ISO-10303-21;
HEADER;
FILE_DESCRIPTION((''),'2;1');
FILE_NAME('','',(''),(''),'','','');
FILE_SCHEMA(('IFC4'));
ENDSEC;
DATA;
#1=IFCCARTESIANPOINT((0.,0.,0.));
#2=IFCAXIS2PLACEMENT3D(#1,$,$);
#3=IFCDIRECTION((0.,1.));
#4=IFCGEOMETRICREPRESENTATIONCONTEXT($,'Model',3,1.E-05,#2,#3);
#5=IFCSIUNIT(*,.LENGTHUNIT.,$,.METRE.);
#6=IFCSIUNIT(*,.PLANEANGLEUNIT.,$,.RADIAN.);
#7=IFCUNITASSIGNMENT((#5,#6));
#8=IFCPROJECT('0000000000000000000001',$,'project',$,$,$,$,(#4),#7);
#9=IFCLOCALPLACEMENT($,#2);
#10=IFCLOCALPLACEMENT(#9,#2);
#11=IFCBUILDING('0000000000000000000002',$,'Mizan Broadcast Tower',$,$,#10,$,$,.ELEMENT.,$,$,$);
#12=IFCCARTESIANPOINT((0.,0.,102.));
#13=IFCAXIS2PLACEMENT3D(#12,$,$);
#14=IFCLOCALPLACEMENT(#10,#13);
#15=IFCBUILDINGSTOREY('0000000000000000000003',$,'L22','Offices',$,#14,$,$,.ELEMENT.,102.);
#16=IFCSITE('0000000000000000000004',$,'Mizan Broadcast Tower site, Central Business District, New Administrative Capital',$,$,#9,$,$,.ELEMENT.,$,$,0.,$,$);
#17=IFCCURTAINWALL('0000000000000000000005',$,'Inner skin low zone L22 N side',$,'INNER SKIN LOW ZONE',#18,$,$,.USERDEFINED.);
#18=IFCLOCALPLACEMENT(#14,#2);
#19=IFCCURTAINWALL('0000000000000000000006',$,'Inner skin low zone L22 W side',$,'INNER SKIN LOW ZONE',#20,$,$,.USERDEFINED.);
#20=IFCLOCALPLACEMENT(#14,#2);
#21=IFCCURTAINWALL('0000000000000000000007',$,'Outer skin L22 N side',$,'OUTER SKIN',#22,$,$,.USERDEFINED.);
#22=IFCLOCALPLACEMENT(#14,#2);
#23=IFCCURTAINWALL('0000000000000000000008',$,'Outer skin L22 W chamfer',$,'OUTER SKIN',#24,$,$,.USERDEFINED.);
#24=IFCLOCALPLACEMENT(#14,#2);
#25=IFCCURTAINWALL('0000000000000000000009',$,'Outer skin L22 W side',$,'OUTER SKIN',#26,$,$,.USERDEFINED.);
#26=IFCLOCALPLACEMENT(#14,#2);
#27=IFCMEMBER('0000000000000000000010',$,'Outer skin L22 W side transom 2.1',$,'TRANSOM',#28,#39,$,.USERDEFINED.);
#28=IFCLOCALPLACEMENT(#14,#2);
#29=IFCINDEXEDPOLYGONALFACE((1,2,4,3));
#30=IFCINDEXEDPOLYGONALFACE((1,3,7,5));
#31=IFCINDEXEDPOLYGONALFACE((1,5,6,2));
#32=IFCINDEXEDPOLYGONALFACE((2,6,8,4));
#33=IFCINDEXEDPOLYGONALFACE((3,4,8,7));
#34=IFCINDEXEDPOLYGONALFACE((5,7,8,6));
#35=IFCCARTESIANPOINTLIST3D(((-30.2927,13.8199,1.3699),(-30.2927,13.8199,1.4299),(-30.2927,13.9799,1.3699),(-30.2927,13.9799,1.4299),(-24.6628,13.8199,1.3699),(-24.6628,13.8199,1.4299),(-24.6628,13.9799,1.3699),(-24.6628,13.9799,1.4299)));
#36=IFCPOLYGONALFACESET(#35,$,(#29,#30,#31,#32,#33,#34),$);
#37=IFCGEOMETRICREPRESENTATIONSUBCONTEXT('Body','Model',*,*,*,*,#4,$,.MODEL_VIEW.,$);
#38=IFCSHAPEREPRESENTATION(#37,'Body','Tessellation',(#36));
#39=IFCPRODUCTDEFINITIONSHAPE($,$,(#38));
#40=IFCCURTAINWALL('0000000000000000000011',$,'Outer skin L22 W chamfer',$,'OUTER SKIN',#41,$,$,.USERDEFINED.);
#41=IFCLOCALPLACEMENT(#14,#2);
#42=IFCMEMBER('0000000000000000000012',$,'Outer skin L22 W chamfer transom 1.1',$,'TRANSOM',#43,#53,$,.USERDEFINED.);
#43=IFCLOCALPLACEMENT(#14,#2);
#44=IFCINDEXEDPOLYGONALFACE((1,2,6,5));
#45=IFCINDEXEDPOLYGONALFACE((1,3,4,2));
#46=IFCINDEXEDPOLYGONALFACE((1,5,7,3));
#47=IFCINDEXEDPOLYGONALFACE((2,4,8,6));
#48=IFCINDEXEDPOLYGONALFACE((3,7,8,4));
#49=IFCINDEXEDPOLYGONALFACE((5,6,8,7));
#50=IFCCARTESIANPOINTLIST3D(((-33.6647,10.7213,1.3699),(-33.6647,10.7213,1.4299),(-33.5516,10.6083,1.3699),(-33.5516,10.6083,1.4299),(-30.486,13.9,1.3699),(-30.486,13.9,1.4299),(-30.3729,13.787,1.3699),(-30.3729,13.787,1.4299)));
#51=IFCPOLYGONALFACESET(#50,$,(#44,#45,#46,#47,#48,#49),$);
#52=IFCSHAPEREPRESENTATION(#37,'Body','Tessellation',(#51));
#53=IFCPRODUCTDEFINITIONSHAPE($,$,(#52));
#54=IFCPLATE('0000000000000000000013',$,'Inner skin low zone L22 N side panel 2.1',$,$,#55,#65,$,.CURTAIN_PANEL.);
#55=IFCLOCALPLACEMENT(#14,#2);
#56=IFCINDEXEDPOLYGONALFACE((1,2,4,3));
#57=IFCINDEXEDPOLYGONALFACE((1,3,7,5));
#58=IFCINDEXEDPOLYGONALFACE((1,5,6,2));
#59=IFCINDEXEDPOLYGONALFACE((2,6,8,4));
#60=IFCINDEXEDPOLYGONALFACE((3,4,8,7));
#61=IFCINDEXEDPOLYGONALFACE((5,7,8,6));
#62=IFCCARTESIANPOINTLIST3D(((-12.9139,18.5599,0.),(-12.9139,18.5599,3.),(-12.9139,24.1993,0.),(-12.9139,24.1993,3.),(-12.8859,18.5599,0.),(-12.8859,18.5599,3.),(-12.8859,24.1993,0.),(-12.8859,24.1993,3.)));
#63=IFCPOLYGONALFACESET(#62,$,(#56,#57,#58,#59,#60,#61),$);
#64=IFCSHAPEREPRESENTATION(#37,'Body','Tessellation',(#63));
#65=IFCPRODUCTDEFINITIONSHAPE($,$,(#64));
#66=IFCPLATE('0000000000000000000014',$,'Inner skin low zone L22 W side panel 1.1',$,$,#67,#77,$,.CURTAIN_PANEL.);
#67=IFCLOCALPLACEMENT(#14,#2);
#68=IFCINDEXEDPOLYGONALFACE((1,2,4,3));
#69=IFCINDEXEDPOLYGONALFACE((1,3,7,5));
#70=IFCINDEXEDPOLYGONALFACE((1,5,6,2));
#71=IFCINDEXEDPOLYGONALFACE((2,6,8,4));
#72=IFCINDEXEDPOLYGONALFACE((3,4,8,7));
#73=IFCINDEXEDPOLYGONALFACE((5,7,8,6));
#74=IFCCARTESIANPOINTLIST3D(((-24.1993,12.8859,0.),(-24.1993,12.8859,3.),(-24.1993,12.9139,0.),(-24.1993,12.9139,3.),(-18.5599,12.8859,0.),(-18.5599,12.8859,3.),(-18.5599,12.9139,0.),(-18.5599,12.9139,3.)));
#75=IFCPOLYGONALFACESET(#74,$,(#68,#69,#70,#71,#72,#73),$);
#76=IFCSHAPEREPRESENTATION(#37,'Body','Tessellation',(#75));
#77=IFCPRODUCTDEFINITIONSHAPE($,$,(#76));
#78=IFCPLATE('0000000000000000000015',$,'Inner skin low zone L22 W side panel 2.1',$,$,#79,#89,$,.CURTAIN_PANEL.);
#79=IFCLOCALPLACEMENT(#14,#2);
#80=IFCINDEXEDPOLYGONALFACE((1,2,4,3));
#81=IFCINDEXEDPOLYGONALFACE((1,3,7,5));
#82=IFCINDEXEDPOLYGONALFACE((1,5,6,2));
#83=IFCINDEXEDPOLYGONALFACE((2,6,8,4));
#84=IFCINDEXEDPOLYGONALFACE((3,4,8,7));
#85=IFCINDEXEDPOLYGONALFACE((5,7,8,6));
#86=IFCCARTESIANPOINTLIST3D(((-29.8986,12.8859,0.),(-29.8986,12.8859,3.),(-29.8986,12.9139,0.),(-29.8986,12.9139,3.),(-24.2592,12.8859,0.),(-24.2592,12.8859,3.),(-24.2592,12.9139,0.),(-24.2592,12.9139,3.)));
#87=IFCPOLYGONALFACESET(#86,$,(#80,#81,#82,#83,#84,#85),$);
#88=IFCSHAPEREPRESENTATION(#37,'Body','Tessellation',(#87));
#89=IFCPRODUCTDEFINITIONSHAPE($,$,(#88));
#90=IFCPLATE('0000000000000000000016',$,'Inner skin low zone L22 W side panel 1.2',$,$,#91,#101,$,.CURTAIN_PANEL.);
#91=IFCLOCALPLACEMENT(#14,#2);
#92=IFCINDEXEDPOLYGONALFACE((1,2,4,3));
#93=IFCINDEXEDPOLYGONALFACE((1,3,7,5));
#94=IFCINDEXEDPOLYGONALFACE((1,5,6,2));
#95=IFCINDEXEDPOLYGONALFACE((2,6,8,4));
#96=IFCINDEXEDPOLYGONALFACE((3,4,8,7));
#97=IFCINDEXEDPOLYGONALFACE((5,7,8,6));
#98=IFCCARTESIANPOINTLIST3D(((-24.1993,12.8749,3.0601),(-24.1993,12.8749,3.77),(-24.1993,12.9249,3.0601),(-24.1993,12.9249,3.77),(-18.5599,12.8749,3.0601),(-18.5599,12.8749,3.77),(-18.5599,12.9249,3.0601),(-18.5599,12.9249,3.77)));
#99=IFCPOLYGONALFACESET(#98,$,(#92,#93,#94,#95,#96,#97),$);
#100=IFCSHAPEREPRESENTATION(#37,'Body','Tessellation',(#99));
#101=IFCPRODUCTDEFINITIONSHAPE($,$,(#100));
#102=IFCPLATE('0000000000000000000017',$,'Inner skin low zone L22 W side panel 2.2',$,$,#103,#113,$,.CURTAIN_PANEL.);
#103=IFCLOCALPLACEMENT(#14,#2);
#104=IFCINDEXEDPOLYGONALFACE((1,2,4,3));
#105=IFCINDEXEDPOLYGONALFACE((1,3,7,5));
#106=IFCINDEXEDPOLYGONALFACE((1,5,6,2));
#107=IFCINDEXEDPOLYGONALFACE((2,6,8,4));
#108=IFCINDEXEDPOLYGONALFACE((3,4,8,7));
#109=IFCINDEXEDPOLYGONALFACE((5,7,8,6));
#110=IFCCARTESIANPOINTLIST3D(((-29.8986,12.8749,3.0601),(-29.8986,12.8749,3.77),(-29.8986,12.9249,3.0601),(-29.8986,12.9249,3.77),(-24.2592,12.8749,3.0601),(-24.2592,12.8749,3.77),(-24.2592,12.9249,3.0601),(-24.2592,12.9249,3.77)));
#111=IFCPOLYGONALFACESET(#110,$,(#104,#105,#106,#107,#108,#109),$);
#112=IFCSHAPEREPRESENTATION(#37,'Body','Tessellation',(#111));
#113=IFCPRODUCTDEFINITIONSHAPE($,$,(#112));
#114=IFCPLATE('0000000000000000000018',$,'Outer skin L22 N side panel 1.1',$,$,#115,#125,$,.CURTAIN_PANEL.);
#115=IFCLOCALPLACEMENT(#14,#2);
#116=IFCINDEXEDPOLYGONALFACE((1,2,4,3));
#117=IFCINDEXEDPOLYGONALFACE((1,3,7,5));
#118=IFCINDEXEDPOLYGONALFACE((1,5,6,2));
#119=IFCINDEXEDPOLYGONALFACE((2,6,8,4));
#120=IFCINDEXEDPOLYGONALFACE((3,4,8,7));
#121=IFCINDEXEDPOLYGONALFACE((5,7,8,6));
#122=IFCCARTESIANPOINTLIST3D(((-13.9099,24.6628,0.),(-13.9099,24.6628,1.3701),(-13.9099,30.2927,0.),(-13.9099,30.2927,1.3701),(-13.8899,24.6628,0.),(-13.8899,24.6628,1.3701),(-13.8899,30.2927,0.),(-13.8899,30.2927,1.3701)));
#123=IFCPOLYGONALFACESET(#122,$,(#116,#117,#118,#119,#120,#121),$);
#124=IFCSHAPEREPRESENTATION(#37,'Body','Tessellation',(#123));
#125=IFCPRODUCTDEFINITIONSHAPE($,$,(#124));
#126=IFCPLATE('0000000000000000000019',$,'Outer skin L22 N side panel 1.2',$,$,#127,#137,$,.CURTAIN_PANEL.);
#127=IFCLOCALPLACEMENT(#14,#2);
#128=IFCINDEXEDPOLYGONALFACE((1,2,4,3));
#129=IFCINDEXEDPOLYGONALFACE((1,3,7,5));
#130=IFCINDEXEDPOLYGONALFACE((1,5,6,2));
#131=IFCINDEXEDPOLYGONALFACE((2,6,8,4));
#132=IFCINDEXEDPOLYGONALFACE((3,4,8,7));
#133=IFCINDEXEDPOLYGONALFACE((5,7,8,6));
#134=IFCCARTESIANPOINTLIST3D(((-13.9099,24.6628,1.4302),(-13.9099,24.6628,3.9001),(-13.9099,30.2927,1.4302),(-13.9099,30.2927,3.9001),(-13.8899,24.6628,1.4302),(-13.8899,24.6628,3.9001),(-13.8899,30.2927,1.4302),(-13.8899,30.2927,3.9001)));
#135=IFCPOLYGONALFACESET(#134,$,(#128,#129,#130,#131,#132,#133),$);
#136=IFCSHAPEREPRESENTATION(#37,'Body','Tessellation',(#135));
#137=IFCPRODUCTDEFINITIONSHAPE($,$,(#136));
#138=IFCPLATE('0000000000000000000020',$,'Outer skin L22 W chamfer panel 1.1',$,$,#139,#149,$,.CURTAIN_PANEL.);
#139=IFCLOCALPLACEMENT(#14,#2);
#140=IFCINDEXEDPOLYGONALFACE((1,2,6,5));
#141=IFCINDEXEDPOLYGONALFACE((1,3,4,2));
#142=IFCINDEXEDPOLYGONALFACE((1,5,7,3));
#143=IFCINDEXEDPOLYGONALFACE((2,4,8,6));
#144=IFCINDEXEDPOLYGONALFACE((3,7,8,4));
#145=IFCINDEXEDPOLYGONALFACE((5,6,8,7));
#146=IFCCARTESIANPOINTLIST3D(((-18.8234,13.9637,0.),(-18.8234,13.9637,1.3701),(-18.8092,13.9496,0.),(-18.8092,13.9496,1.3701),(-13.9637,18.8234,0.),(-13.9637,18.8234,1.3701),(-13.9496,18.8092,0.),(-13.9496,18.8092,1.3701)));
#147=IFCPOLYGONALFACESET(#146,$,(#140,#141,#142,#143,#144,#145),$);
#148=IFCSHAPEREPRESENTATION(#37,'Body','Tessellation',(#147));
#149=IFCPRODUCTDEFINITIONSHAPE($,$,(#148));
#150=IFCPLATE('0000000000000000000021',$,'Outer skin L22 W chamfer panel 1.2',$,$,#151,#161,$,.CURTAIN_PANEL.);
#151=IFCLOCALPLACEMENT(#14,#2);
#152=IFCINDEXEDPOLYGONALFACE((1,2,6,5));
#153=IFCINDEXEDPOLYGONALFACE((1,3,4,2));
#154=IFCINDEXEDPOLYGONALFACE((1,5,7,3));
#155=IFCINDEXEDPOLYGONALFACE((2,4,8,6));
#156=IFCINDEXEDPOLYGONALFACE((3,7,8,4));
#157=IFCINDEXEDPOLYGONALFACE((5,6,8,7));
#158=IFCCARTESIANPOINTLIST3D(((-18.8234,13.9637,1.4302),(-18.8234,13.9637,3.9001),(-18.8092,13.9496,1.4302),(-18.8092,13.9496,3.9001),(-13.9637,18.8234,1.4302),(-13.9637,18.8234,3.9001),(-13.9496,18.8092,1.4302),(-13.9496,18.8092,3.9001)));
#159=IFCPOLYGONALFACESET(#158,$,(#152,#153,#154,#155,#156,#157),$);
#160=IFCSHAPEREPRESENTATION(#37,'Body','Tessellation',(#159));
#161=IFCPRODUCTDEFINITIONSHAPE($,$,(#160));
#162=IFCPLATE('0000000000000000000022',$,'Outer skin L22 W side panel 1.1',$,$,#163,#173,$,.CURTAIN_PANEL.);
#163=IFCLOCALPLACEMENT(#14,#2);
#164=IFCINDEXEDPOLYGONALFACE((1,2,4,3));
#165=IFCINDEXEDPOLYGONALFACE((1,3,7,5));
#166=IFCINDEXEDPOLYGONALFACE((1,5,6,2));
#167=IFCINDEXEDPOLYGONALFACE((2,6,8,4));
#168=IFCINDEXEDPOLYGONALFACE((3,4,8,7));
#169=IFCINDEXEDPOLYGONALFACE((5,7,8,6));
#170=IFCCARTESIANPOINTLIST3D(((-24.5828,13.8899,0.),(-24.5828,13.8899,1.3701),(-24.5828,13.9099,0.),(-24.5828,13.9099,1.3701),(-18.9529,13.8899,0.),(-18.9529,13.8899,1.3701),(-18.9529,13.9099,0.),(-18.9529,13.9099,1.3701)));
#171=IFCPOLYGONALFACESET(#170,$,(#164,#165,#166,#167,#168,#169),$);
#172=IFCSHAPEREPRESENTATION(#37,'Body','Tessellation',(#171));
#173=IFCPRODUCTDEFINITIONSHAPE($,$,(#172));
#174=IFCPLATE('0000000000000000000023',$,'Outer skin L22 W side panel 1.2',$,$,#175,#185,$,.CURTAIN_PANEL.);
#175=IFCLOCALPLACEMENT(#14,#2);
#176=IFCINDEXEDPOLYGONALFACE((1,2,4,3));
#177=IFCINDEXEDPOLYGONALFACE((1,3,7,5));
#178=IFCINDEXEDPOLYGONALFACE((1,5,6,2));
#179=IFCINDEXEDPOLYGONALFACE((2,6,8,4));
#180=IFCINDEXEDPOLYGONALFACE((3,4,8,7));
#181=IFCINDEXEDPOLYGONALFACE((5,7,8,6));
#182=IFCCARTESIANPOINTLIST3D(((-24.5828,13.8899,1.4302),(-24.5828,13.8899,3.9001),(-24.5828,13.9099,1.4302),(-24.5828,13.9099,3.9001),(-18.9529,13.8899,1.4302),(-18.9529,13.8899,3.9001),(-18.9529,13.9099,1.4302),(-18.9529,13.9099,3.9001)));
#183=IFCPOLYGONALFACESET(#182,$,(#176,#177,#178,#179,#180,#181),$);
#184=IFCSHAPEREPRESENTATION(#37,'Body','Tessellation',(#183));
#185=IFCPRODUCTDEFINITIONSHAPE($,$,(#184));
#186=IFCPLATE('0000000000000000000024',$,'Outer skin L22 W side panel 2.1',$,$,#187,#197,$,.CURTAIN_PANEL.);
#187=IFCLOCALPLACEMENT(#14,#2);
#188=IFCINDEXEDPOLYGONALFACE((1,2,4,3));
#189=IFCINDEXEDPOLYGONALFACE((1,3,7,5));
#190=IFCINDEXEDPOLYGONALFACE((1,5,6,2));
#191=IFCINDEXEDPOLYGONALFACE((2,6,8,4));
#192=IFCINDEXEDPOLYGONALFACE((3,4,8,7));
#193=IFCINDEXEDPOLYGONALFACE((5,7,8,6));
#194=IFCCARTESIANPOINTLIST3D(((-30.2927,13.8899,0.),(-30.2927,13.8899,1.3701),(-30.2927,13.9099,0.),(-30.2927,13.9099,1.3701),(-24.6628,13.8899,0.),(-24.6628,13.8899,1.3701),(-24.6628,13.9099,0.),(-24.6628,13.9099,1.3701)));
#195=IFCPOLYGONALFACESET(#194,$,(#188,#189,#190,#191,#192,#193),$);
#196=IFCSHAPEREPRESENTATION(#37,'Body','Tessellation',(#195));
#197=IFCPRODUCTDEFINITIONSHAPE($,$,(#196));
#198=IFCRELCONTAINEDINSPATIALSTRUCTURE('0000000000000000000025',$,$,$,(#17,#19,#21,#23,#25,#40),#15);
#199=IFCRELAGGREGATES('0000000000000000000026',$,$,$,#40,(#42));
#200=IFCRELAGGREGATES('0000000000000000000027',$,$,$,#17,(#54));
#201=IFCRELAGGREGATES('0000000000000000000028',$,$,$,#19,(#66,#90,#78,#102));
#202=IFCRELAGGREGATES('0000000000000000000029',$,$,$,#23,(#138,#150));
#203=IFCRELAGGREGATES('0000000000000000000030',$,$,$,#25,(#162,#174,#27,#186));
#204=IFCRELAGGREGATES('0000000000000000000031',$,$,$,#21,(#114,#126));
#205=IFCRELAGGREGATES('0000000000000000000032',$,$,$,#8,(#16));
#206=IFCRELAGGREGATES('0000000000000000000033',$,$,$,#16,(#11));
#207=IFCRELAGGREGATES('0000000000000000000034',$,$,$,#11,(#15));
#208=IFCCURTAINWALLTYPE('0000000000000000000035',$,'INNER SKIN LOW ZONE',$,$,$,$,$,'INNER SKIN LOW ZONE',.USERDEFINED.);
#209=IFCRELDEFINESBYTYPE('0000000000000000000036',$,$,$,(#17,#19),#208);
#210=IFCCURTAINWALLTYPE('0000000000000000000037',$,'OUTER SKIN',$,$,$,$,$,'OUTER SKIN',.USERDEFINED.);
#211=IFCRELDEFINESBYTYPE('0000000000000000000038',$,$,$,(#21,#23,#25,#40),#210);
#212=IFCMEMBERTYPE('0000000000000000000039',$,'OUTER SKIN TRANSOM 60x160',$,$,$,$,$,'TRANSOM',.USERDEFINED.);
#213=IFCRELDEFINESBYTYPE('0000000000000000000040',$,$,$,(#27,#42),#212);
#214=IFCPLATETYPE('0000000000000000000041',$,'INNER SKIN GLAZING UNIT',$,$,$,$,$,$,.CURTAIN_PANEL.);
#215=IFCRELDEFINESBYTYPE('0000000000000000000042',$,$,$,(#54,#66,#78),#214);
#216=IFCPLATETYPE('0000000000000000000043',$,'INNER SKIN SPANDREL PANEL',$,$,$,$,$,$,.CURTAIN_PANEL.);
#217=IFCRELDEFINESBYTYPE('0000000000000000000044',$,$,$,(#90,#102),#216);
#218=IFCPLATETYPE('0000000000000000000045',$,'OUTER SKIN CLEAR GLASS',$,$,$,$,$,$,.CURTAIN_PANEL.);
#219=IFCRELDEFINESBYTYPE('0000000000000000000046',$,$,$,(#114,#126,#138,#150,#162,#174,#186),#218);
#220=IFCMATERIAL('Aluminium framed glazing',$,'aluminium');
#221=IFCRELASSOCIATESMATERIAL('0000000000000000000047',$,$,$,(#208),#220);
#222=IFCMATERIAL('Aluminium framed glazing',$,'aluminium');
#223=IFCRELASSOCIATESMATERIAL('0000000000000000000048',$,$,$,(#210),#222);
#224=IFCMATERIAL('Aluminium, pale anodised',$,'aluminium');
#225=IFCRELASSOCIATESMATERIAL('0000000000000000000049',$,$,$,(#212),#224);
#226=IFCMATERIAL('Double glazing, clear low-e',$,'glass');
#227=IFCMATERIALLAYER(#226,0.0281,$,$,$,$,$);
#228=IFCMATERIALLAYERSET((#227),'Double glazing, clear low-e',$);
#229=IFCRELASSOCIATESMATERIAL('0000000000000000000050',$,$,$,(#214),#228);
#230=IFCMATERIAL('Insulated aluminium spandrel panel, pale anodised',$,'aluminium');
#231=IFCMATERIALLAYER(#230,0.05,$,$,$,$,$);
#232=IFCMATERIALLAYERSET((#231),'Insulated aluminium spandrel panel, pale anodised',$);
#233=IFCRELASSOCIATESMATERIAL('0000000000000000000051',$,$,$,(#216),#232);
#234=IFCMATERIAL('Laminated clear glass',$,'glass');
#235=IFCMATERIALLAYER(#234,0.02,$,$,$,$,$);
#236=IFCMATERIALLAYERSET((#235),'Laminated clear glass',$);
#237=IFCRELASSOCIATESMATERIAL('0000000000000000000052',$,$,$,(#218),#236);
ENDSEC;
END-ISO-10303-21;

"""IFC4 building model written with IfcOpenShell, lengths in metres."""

from ifc_helpers import new_model, si_unit, direction, frame, origin, origin_2d, place, context, subcontext, project, spatial, rectangle, extrude, material, layer, layer_set, material_profile, profile_set, type_object, element, aggregate, save


model = new_model("IFC4")

# Units and contexts
model_context = context("Model", 3, precision=1e-05, world=origin(), true_north=direction((0.0, 1.0)))
body_context = subcontext(model_context, "Body", "Model", "MODEL_VIEW")
ifc_project = project(units=[si_unit("LENGTHUNIT", "METRE"), si_unit("PLANEANGLEUNIT", "RADIAN")], contexts=[model_context])

# Site, building, storey
site_placement = place(None, origin())
site = spatial("IfcSite", under=ifc_project, at=site_placement, Name="Mizan Broadcast Tower site, Central Business District, New Administrative Capital", CompositionType="ELEMENT", RefElevation=0.0)
building_placement = place(site_placement, origin())
building = spatial("IfcBuilding", under=site, at=building_placement, Name="Mizan Broadcast Tower", CompositionType="ELEMENT")
storey_placement = place(building_placement, frame((0.0, 0.0, 102.0)))
storey = spatial("IfcBuildingStorey", under=building, at=storey_placement, Name="L22", Description="Offices", CompositionType="ELEMENT", Elevation=102.0)

# Curtain wall
ifc_material_1 = material(Name="Aluminium framed glazing", Category="aluminium")
curtain_wall_type_1 = type_object("IfcCurtainWallType", Name="INNER SKIN LOW ZONE", ElementType="INNER SKIN LOW ZONE", PredefinedType="USERDEFINED", material=ifc_material_1)
curtain_wall_1_placement = place(storey_placement, origin())
curtain_wall_1 = element("IfcCurtainWall", 1, at=curtain_wall_1_placement, inside=storey, type_object=curtain_wall_type_1, Name="Inner skin low zone L22 N side", ObjectType="INNER SKIN LOW ZONE", PredefinedType="USERDEFINED")

# Curtain wall
curtain_wall_2_placement = place(storey_placement, origin())
curtain_wall_2 = element("IfcCurtainWall", 2, at=curtain_wall_2_placement, inside=storey, type_object=curtain_wall_type_1, Name="Inner skin low zone L22 W side", ObjectType="INNER SKIN LOW ZONE", PredefinedType="USERDEFINED")

# Shared definitions
ifc_material_2 = material(Name="Aluminium framed glazing", Category="aluminium")
curtain_wall_type_2 = type_object("IfcCurtainWallType", Name="OUTER SKIN", ElementType="OUTER SKIN", PredefinedType="USERDEFINED", material=ifc_material_2)

# Curtain wall
curtain_wall_3_placement = place(storey_placement, origin())
curtain_wall_3 = element("IfcCurtainWall", 3, at=curtain_wall_3_placement, inside=storey, type_object=curtain_wall_type_2, Name="Outer skin L22 N side", ObjectType="OUTER SKIN", PredefinedType="USERDEFINED")

# Curtain wall
curtain_wall_4_placement = place(storey_placement, origin())
curtain_wall_4 = element("IfcCurtainWall", 4, at=curtain_wall_4_placement, inside=storey, type_object=curtain_wall_type_2, Name="Outer skin L22 W chamfer", ObjectType="OUTER SKIN", PredefinedType="USERDEFINED")

# Curtain wall
curtain_wall_5_placement = place(storey_placement, origin())
curtain_wall_5 = element("IfcCurtainWall", 5, at=curtain_wall_5_placement, inside=storey, type_object=curtain_wall_type_2, Name="Outer skin L22 W side", ObjectType="OUTER SKIN", PredefinedType="USERDEFINED")

# Member
ifc_material_3 = material(Name="Aluminium, pale anodised", Category="aluminium")
ifc_material_profile_1 = material_profile(ifc_material_3, rectangle(XDim=0.1599, YDim=0.0601, at=origin_2d()), Name="TRANSOM 160x60")
ifc_profile_set_1 = profile_set([ifc_material_profile_1], Name="Aluminium, pale anodised")
member_type_1 = type_object("IfcMemberType", Name="OUTER SKIN TRANSOM 60x160", ElementType="TRANSOM", PredefinedType="USERDEFINED", material=ifc_profile_set_1)
member_1_placement = place(storey_placement, frame((-24.6628, 13.8999, 1.3999), z_axis=(-1.0, 0.0, 0.0), x_axis=(0.0, -1.0, 0.0)))
member_1 = element("IfcMember", 6, at=member_1_placement, type_object=member_type_1, Name="Outer skin L22 W side transom 2.1", ObjectType="TRANSOM", PredefinedType="USERDEFINED", context=body_context, shape_type="SweptSolid", body=[
    extrude(rectangle(XDim=0.1599, YDim=0.0601, at=origin_2d()), origin(), (0.0, 0.0, 1.0), 5.6299),
])

# Curtain wall, member
curtain_wall_6_placement = place(storey_placement, origin())
curtain_wall_6 = element("IfcCurtainWall", 7, at=curtain_wall_6_placement, inside=storey, type_object=curtain_wall_type_2, Name="Outer skin L22 W chamfer", ObjectType="OUTER SKIN", PredefinedType="USERDEFINED")
member_2_placement = place(storey_placement, frame((-30.4294, 13.8435, 1.3999), z_axis=(-0.707107, -0.707107, 0.0), x_axis=(0.707107, -0.707107, 0.0)))
member_2 = element("IfcMember", 8, at=member_2_placement, type_object=member_type_1, Name="Outer skin L22 W chamfer transom 1.1", ObjectType="TRANSOM", PredefinedType="USERDEFINED", context=body_context, shape_type="SweptSolid", body=[
    extrude(rectangle(XDim=0.1599, YDim=0.0601, at=origin_2d()), origin(), (0.0, 0.0, 1.0), 4.4954),
])
aggregate(curtain_wall_6, [member_2])

# Plates
ifc_material_4 = material(Name="Double glazing, clear low-e", Category="glass")
ifc_layer_1 = layer(ifc_material_4, 0.0281)
ifc_layer_set_1 = layer_set([ifc_layer_1], Name="Double glazing, clear low-e")
plate_type_1 = type_object("IfcPlateType", Name="INNER SKIN GLAZING UNIT", PredefinedType="CURTAIN_PANEL", material=ifc_layer_set_1)
plate_1_placement = place(storey_placement, frame((-12.8999, 21.3796, 0.0), z_axis=(0.0, 0.0, 1.0), x_axis=(0.0, -1.0, 0.0)))
plate_1 = element("IfcPlate", 9, at=plate_1_placement, type_object=plate_type_1, Name="Inner skin low zone L22 N side panel 2.1", PredefinedType="CURTAIN_PANEL", context=body_context, shape_type="SweptSolid", body=[
    extrude(rectangle(XDim=5.6394, YDim=0.0281, at=origin_2d()), origin(), (0.0, 0.0, 1.0), 3.0),
])
aggregate(curtain_wall_1, [plate_1])
plate_2_placement = place(storey_placement, frame((-21.3796, 12.8999, 0.0), z_axis=(0.0, 0.0, 1.0), x_axis=(-1.0, 0.0, 0.0)))
plate_2 = element("IfcPlate", 10, at=plate_2_placement, type_object=plate_type_1, Name="Inner skin low zone L22 W side panel 1.1", PredefinedType="CURTAIN_PANEL", context=body_context, shape_type="SweptSolid", body=[
    extrude(rectangle(XDim=5.6394, YDim=0.0281, at=origin_2d()), origin(), (0.0, 0.0, 1.0), 3.0),
])
plate_3_placement = place(storey_placement, frame((-27.0789, 12.8999, 0.0), z_axis=(0.0, 0.0, 1.0), x_axis=(-1.0, 0.0, 0.0)))
plate_3 = element("IfcPlate", 11, at=plate_3_placement, type_object=plate_type_1, Name="Inner skin low zone L22 W side panel 2.1", PredefinedType="CURTAIN_PANEL", context=body_context, shape_type="SweptSolid", body=[
    extrude(rectangle(XDim=5.6394, YDim=0.0281, at=origin_2d()), origin(), (0.0, 0.0, 1.0), 3.0),
])
ifc_material_5 = material(Name="Insulated aluminium spandrel panel, pale anodised", Category="aluminium")
ifc_layer_2 = layer(ifc_material_5, 0.05)
ifc_layer_set_2 = layer_set([ifc_layer_2], Name="Insulated aluminium spandrel panel, pale anodised")
plate_type_2 = type_object("IfcPlateType", Name="INNER SKIN SPANDREL PANEL", PredefinedType="CURTAIN_PANEL", material=ifc_layer_set_2)
plate_4_placement = place(storey_placement, frame((-21.3796, 12.8999, 3.0601), z_axis=(0.0, 0.0, 1.0), x_axis=(-1.0, 0.0, 0.0)))
plate_4 = element("IfcPlate", 12, at=plate_4_placement, type_object=plate_type_2, Name="Inner skin low zone L22 W side panel 1.2", PredefinedType="CURTAIN_PANEL", context=body_context, shape_type="SweptSolid", body=[
    extrude(rectangle(XDim=5.6394, YDim=0.05, at=origin_2d()), origin(), (0.0, 0.0, 1.0), 0.71),
])
plate_5_placement = place(storey_placement, frame((-27.0789, 12.8999, 3.0601), z_axis=(0.0, 0.0, 1.0), x_axis=(-1.0, 0.0, 0.0)))
plate_5 = element("IfcPlate", 13, at=plate_5_placement, type_object=plate_type_2, Name="Inner skin low zone L22 W side panel 2.2", PredefinedType="CURTAIN_PANEL", context=body_context, shape_type="SweptSolid", body=[
    extrude(rectangle(XDim=5.6394, YDim=0.05, at=origin_2d()), origin(), (0.0, 0.0, 1.0), 0.71),
])
aggregate(curtain_wall_2, [plate_2, plate_4, plate_3, plate_5])
ifc_material_6 = material(Name="Laminated clear glass", Category="glass")
ifc_layer_3 = layer(ifc_material_6, 0.02)
ifc_layer_set_3 = layer_set([ifc_layer_3], Name="Laminated clear glass")
plate_type_3 = type_object("IfcPlateType", Name="OUTER SKIN CLEAR GLASS", PredefinedType="CURTAIN_PANEL", material=ifc_layer_set_3)
plate_6_placement = place(storey_placement, frame((-13.8999, 27.4778, 0.0), z_axis=(0.0, 0.0, 1.0), x_axis=(0.0, -1.0, 0.0)))
plate_6 = element("IfcPlate", 14, at=plate_6_placement, type_object=plate_type_3, Name="Outer skin L22 N side panel 1.1", PredefinedType="CURTAIN_PANEL", context=body_context, shape_type="SweptSolid", body=[
    extrude(rectangle(XDim=5.6299, YDim=0.02, at=origin_2d()), origin(), (0.0, 0.0, 1.0), 1.3701),
])
plate_7_placement = place(storey_placement, frame((-13.8999, 27.4778, 1.4302), z_axis=(0.0, 0.0, 1.0), x_axis=(0.0, -1.0, 0.0)))
plate_7 = element("IfcPlate", 15, at=plate_7_placement, type_object=plate_type_3, Name="Outer skin L22 N side panel 1.2", PredefinedType="CURTAIN_PANEL", context=body_context, shape_type="SweptSolid", body=[
    extrude(rectangle(XDim=5.6299, YDim=0.02, at=origin_2d()), origin(), (0.0, 0.0, 1.0), 2.47),
])
plate_8_placement = place(storey_placement, frame((-16.3865, 16.3865, 0.0), z_axis=(0.0, 0.0, 1.0), x_axis=(-0.707107, -0.707107, 0.0)))
plate_8 = element("IfcPlate", 16, at=plate_8_placement, type_object=plate_type_3, Name="Outer skin L22 W chamfer panel 1.1", PredefinedType="CURTAIN_PANEL", context=body_context, shape_type="SweptSolid", body=[
    extrude(rectangle(XDim=6.8726, YDim=0.02, at=origin_2d()), origin(), (0.0, 0.0, 1.0), 1.3701),
])
plate_9_placement = place(storey_placement, frame((-16.3865, 16.3865, 1.4302), z_axis=(0.0, 0.0, 1.0), x_axis=(-0.707107, -0.707107, 0.0)))
plate_9 = element("IfcPlate", 17, at=plate_9_placement, type_object=plate_type_3, Name="Outer skin L22 W chamfer panel 1.2", PredefinedType="CURTAIN_PANEL", context=body_context, shape_type="SweptSolid", body=[
    extrude(rectangle(XDim=6.8726, YDim=0.02, at=origin_2d()), origin(), (0.0, 0.0, 1.0), 2.47),
])
aggregate(curtain_wall_4, [plate_8, plate_9])
plate_10_placement = place(storey_placement, frame((-21.7678, 13.8999, 0.0), z_axis=(0.0, 0.0, 1.0), x_axis=(-1.0, 0.0, 0.0)))
plate_10 = element("IfcPlate", 18, at=plate_10_placement, type_object=plate_type_3, Name="Outer skin L22 W side panel 1.1", PredefinedType="CURTAIN_PANEL", context=body_context, shape_type="SweptSolid", body=[
    extrude(rectangle(XDim=5.6299, YDim=0.02, at=origin_2d()), origin(), (0.0, 0.0, 1.0), 1.3701),
])
plate_11_placement = place(storey_placement, frame((-21.7678, 13.8999, 1.4302), z_axis=(0.0, 0.0, 1.0), x_axis=(-1.0, 0.0, 0.0)))
plate_11 = element("IfcPlate", 19, at=plate_11_placement, type_object=plate_type_3, Name="Outer skin L22 W side panel 1.2", PredefinedType="CURTAIN_PANEL", context=body_context, shape_type="SweptSolid", body=[
    extrude(rectangle(XDim=5.6299, YDim=0.02, at=origin_2d()), origin(), (0.0, 0.0, 1.0), 2.47),
])
plate_12_placement = place(storey_placement, frame((-27.4778, 13.8999, 0.0), z_axis=(0.0, 0.0, 1.0), x_axis=(-1.0, 0.0, 0.0)))
plate_12 = element("IfcPlate", 20, at=plate_12_placement, type_object=plate_type_3, Name="Outer skin L22 W side panel 2.1", PredefinedType="CURTAIN_PANEL", context=body_context, shape_type="SweptSolid", body=[
    extrude(rectangle(XDim=5.6299, YDim=0.02, at=origin_2d()), origin(), (0.0, 0.0, 1.0), 1.3701),
])
aggregate(curtain_wall_5, [plate_10, plate_11, member_1, plate_12])
aggregate(curtain_wall_3, [plate_6, plate_7])

save(model, "model.ifc")
